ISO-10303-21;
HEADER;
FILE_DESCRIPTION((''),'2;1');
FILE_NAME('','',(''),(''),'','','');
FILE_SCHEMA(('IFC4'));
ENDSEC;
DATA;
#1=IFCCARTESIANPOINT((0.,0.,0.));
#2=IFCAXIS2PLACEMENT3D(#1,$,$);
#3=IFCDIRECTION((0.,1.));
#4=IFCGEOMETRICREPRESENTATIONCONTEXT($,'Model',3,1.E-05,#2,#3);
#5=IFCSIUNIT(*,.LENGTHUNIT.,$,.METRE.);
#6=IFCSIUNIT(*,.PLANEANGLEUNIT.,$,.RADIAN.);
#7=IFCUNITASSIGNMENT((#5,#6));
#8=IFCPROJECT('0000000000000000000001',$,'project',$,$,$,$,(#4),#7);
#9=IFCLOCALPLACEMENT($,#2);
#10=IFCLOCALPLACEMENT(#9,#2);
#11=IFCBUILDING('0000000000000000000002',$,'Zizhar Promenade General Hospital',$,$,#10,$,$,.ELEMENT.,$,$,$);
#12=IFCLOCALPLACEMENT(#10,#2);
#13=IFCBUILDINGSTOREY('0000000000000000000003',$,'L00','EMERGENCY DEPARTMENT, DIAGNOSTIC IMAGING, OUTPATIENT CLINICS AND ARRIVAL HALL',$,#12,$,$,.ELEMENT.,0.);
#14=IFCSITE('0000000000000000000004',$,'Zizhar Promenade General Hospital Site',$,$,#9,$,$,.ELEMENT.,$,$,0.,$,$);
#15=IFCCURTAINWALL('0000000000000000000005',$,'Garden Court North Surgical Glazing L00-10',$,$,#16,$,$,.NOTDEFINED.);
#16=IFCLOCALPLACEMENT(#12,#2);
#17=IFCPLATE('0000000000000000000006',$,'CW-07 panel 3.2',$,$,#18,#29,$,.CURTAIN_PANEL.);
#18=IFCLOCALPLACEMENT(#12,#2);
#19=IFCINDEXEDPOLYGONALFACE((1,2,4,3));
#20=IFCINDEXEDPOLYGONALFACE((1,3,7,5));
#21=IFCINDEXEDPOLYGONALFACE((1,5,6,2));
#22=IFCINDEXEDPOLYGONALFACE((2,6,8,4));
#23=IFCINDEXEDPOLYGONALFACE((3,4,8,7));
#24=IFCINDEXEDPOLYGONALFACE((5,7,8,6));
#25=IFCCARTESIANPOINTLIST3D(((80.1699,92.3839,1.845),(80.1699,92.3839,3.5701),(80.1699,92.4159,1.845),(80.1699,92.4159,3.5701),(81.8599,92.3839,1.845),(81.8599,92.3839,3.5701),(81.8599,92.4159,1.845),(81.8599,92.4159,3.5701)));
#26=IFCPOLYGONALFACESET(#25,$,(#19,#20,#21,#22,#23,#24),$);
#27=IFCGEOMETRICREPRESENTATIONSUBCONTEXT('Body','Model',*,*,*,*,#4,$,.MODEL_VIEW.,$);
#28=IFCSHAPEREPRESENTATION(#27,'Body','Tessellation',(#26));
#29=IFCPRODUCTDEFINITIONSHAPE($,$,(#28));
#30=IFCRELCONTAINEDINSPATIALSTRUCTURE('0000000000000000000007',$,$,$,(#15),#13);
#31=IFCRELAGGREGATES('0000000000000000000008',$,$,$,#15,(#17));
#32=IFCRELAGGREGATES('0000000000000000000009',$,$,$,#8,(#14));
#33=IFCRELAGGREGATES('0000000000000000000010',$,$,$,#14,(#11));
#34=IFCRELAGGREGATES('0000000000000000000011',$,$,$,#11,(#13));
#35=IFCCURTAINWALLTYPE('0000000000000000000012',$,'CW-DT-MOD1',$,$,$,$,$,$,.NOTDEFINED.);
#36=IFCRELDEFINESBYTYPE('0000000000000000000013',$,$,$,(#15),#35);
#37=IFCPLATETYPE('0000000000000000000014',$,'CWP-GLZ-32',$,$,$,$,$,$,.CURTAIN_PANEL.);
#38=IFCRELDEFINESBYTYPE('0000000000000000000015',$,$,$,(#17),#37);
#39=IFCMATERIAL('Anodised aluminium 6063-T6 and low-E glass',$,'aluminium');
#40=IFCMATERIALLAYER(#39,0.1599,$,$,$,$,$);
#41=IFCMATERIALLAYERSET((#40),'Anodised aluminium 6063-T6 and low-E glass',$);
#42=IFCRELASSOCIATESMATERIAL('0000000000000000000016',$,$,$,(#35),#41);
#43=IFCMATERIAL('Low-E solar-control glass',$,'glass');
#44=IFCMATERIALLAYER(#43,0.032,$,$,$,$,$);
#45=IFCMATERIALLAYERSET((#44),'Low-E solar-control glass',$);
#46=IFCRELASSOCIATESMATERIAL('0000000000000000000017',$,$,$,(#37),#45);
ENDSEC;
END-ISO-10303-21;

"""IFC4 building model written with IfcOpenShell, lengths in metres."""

from ifc_helpers import new_model, si_unit, direction, frame, origin, origin_2d, place, context, subcontext, project, spatial, rectangle, extrude, material, layer, layer_set, type_object, element, aggregate, save


model = new_model("IFC4")

# Units and contexts
model_context = context("Model", 3, precision=1e-05, world=origin(), true_north=direction((0.0, 1.0)))
body_context = subcontext(model_context, "Body", "Model", "MODEL_VIEW")
ifc_project = project(units=[si_unit("LENGTHUNIT", "METRE"), si_unit("PLANEANGLEUNIT", "RADIAN")], contexts=[model_context])

# Site, building, storey
site_placement = place(None, origin())
site = spatial("IfcSite", under=ifc_project, at=site_placement, Name="Zizhar Promenade General Hospital Site", CompositionType="ELEMENT", RefElevation=0.0)
building_placement = place(site_placement, origin())
building = spatial("IfcBuilding", under=site, at=building_placement, Name="Zizhar Promenade General Hospital", CompositionType="ELEMENT")
storey_placement = place(building_placement, origin())
storey = spatial("IfcBuildingStorey", under=building, at=storey_placement, Name="L00", Description="EMERGENCY DEPARTMENT, DIAGNOSTIC IMAGING, OUTPATIENT CLINICS AND ARRIVAL HALL", CompositionType="ELEMENT", Elevation=0.0)

# Curtain wall
ifc_material_1 = material(Name="Anodised aluminium 6063-T6 and low-E glass", Category="aluminium")
ifc_layer_1 = layer(ifc_material_1, 0.1599)
ifc_layer_set_1 = layer_set([ifc_layer_1], Name="Anodised aluminium 6063-T6 and low-E glass")
curtain_wall_type = type_object("IfcCurtainWallType", Name="CW-DT-MOD1", PredefinedType="NOTDEFINED", material=ifc_layer_set_1)
curtain_wall_1_placement = place(storey_placement, origin())
curtain_wall_1 = element("IfcCurtainWall", 1, at=curtain_wall_1_placement, inside=storey, type_object=curtain_wall_type, Name="Garden Court North Surgical Glazing L00-10", PredefinedType="NOTDEFINED")

# Plate
ifc_material_2 = material(Name="Low-E solar-control glass", Category="glass")
ifc_layer_2 = layer(ifc_material_2, 0.032)
ifc_layer_set_2 = layer_set([ifc_layer_2], Name="Low-E solar-control glass")
plate_type = type_object("IfcPlateType", Name="CWP-GLZ-32", PredefinedType="CURTAIN_PANEL", material=ifc_layer_set_2)
plate_1_placement = place(storey_placement, frame((81.0149, 92.3999, 1.845), z_axis=(0.0, 0.0, 1.0), x_axis=(-1.0, 0.0, 0.0)))
plate_1 = element("IfcPlate", 2, at=plate_1_placement, type_object=plate_type, Name="CW-07 panel 3.2", PredefinedType="CURTAIN_PANEL", context=body_context, shape_type="SweptSolid", body=[
    extrude(rectangle(XDim=1.6899, YDim=0.032, at=origin_2d()), origin(), (0.0, 0.0, 1.0), 1.7251),
])
aggregate(curtain_wall_1, [plate_1])

save(model, "model.ifc")
